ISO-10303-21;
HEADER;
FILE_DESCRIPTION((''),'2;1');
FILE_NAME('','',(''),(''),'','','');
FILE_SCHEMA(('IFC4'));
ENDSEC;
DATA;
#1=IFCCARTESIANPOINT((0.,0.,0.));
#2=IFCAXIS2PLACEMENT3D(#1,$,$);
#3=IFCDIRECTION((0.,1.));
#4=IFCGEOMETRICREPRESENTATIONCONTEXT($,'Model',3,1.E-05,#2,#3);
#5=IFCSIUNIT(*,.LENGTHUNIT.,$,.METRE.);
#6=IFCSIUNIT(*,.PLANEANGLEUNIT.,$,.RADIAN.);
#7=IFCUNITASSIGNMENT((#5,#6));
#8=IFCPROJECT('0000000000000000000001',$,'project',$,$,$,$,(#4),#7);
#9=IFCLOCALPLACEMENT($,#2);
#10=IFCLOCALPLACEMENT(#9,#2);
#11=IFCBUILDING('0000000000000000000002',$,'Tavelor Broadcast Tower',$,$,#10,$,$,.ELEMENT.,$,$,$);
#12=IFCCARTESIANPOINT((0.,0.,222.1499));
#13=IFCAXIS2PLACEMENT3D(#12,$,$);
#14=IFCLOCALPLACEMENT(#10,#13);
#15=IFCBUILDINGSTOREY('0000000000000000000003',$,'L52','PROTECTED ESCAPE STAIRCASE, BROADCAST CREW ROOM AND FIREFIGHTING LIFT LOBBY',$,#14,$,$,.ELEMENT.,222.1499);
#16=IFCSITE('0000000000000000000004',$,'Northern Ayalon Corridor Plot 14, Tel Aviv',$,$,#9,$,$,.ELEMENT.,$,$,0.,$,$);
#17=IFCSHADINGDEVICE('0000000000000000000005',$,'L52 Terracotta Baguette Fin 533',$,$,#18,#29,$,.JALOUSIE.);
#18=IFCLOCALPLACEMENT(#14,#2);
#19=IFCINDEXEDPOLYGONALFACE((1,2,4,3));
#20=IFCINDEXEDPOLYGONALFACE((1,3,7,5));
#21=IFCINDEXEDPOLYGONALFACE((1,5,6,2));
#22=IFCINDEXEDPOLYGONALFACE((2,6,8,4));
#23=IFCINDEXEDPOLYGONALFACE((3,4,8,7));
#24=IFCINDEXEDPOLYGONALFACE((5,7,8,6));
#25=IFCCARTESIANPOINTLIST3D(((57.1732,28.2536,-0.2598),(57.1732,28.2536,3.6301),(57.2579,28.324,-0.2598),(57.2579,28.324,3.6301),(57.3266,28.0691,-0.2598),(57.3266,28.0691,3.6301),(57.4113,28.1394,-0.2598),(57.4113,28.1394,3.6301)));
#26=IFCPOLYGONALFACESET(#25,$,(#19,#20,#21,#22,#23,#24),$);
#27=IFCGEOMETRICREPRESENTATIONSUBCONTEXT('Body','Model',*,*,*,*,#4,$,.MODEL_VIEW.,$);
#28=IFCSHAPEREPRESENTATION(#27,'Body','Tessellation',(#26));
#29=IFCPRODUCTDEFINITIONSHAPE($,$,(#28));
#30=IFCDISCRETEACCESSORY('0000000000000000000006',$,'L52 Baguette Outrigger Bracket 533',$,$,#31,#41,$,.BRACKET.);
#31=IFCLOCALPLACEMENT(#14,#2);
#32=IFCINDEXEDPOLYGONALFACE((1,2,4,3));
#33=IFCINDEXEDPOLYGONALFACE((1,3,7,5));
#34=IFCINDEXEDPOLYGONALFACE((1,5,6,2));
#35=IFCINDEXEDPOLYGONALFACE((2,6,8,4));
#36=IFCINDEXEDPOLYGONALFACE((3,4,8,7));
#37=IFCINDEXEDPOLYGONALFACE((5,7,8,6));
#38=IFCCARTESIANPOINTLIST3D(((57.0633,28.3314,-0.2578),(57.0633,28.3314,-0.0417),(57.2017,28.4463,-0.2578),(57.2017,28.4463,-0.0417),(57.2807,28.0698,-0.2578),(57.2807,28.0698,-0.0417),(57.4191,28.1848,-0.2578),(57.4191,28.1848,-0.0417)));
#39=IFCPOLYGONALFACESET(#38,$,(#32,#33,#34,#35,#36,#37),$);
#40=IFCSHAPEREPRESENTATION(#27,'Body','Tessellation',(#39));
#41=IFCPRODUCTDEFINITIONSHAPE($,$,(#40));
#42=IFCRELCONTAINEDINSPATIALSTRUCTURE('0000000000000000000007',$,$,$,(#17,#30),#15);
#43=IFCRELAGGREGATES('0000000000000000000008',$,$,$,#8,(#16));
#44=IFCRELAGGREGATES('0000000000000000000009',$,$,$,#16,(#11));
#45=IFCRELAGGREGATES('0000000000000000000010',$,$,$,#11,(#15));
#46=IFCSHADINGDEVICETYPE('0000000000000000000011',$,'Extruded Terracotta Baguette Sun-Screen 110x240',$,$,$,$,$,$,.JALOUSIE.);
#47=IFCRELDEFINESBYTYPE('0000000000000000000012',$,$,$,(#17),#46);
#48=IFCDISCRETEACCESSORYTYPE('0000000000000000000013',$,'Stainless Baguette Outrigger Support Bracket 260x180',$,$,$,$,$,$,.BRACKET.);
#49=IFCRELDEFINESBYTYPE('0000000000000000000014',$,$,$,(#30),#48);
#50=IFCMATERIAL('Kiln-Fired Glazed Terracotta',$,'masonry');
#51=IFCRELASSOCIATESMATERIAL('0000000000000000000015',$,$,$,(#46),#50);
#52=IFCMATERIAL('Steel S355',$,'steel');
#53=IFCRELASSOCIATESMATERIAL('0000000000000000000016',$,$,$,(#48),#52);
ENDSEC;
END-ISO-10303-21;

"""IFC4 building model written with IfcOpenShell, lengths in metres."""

from ifc_helpers import new_model, si_unit, direction, frame, origin, origin_2d, place, context, subcontext, project, spatial, rectangle, extrude, source, transform, mapped, material, type_object, type_shapes, element, save


model = new_model("IFC4")

# Units and contexts
model_context = context("Model", 3, precision=1e-05, world=origin(), true_north=direction((0.0, 1.0)))
body_context = subcontext(model_context, "Body", "Model", "MODEL_VIEW")
ifc_project = project(units=[si_unit("LENGTHUNIT", "METRE"), si_unit("PLANEANGLEUNIT", "RADIAN")], contexts=[model_context])

# Site, building, storey
site_placement = place(None, origin())
site = spatial("IfcSite", under=ifc_project, at=site_placement, Name="Northern Ayalon Corridor Plot 14, Tel Aviv", CompositionType="ELEMENT", RefElevation=0.0)
building_placement = place(site_placement, origin())
building = spatial("IfcBuilding", under=site, at=building_placement, Name="Tavelor Broadcast Tower", CompositionType="ELEMENT")
storey_placement = place(building_placement, frame((0.0, 0.0, 222.1499)))
storey = spatial("IfcBuildingStorey", under=building, at=storey_placement, Name="L52", Description="PROTECTED ESCAPE STAIRCASE, BROADCAST CREW ROOM AND FIREFIGHTING LIFT LOBBY", CompositionType="ELEMENT", Elevation=222.1499)

# Shared definitions
ifc_material_1 = material(Name="Steel S355", Category="steel")

# Shading device
ifc_material_2 = material(Name="Kiln-Fired Glazed Terracotta", Category="masonry")
shading_device_type = type_object("IfcShadingDeviceType", Name="Extruded Terracotta Baguette Sun-Screen 110x240", PredefinedType="JALOUSIE", material=ifc_material_2)
shared_shape_1 = source(origin(), body_context, "Body", "SweptSolid", [
    extrude(rectangle(XDim=0.1101, YDim=0.24, at=origin_2d()), origin(), (0.0, 0.0, 1.0), 3.8899),
])
type_shapes(shading_device_type, [shared_shape_1])
shading_device_placement = place(storey_placement, frame((57.2922, 28.1965, -0.2598), z_axis=(0.0, 0.0, 1.0), x_axis=(0.769177, 0.639036, 0.0)))
element("IfcShadingDevice", 1, at=shading_device_placement, inside=storey, type_object=shading_device_type, Name="L52 Terracotta Baguette Fin 533", PredefinedType="JALOUSIE", context=body_context, shape_type="MappedRepresentation", body=[
    mapped(shared_shape_1, transform((0.0, 0.0, 0.0), scale=1.0)),
])

# Discrete accessory
discrete_accessory_type = type_object("IfcDiscreteAccessoryType", Name="Stainless Baguette Outrigger Support Bracket 260x180", PredefinedType="BRACKET", material=ifc_material_1)
shared_shape_2 = source(origin(), body_context, "Body", "SweptSolid", [
    extrude(rectangle(XDim=0.1799, YDim=0.3401, at=origin_2d()), origin(), (0.0, 0.0, 1.0), 0.2161),
])
type_shapes(discrete_accessory_type, [shared_shape_2])
discrete_accessory_placement = place(storey_placement, frame((57.2412, 28.2581, -0.2578), z_axis=(0.0, 0.0, 1.0), x_axis=(0.769177, 0.639036, 0.0)))
element("IfcDiscreteAccessory", 2, at=discrete_accessory_placement, inside=storey, type_object=discrete_accessory_type, Name="L52 Baguette Outrigger Bracket 533", PredefinedType="BRACKET", context=body_context, shape_type="MappedRepresentation", body=[
    mapped(shared_shape_2, transform((0.0, 0.0, 0.0), scale=1.0)),
])

save(model, "model.ifc")
